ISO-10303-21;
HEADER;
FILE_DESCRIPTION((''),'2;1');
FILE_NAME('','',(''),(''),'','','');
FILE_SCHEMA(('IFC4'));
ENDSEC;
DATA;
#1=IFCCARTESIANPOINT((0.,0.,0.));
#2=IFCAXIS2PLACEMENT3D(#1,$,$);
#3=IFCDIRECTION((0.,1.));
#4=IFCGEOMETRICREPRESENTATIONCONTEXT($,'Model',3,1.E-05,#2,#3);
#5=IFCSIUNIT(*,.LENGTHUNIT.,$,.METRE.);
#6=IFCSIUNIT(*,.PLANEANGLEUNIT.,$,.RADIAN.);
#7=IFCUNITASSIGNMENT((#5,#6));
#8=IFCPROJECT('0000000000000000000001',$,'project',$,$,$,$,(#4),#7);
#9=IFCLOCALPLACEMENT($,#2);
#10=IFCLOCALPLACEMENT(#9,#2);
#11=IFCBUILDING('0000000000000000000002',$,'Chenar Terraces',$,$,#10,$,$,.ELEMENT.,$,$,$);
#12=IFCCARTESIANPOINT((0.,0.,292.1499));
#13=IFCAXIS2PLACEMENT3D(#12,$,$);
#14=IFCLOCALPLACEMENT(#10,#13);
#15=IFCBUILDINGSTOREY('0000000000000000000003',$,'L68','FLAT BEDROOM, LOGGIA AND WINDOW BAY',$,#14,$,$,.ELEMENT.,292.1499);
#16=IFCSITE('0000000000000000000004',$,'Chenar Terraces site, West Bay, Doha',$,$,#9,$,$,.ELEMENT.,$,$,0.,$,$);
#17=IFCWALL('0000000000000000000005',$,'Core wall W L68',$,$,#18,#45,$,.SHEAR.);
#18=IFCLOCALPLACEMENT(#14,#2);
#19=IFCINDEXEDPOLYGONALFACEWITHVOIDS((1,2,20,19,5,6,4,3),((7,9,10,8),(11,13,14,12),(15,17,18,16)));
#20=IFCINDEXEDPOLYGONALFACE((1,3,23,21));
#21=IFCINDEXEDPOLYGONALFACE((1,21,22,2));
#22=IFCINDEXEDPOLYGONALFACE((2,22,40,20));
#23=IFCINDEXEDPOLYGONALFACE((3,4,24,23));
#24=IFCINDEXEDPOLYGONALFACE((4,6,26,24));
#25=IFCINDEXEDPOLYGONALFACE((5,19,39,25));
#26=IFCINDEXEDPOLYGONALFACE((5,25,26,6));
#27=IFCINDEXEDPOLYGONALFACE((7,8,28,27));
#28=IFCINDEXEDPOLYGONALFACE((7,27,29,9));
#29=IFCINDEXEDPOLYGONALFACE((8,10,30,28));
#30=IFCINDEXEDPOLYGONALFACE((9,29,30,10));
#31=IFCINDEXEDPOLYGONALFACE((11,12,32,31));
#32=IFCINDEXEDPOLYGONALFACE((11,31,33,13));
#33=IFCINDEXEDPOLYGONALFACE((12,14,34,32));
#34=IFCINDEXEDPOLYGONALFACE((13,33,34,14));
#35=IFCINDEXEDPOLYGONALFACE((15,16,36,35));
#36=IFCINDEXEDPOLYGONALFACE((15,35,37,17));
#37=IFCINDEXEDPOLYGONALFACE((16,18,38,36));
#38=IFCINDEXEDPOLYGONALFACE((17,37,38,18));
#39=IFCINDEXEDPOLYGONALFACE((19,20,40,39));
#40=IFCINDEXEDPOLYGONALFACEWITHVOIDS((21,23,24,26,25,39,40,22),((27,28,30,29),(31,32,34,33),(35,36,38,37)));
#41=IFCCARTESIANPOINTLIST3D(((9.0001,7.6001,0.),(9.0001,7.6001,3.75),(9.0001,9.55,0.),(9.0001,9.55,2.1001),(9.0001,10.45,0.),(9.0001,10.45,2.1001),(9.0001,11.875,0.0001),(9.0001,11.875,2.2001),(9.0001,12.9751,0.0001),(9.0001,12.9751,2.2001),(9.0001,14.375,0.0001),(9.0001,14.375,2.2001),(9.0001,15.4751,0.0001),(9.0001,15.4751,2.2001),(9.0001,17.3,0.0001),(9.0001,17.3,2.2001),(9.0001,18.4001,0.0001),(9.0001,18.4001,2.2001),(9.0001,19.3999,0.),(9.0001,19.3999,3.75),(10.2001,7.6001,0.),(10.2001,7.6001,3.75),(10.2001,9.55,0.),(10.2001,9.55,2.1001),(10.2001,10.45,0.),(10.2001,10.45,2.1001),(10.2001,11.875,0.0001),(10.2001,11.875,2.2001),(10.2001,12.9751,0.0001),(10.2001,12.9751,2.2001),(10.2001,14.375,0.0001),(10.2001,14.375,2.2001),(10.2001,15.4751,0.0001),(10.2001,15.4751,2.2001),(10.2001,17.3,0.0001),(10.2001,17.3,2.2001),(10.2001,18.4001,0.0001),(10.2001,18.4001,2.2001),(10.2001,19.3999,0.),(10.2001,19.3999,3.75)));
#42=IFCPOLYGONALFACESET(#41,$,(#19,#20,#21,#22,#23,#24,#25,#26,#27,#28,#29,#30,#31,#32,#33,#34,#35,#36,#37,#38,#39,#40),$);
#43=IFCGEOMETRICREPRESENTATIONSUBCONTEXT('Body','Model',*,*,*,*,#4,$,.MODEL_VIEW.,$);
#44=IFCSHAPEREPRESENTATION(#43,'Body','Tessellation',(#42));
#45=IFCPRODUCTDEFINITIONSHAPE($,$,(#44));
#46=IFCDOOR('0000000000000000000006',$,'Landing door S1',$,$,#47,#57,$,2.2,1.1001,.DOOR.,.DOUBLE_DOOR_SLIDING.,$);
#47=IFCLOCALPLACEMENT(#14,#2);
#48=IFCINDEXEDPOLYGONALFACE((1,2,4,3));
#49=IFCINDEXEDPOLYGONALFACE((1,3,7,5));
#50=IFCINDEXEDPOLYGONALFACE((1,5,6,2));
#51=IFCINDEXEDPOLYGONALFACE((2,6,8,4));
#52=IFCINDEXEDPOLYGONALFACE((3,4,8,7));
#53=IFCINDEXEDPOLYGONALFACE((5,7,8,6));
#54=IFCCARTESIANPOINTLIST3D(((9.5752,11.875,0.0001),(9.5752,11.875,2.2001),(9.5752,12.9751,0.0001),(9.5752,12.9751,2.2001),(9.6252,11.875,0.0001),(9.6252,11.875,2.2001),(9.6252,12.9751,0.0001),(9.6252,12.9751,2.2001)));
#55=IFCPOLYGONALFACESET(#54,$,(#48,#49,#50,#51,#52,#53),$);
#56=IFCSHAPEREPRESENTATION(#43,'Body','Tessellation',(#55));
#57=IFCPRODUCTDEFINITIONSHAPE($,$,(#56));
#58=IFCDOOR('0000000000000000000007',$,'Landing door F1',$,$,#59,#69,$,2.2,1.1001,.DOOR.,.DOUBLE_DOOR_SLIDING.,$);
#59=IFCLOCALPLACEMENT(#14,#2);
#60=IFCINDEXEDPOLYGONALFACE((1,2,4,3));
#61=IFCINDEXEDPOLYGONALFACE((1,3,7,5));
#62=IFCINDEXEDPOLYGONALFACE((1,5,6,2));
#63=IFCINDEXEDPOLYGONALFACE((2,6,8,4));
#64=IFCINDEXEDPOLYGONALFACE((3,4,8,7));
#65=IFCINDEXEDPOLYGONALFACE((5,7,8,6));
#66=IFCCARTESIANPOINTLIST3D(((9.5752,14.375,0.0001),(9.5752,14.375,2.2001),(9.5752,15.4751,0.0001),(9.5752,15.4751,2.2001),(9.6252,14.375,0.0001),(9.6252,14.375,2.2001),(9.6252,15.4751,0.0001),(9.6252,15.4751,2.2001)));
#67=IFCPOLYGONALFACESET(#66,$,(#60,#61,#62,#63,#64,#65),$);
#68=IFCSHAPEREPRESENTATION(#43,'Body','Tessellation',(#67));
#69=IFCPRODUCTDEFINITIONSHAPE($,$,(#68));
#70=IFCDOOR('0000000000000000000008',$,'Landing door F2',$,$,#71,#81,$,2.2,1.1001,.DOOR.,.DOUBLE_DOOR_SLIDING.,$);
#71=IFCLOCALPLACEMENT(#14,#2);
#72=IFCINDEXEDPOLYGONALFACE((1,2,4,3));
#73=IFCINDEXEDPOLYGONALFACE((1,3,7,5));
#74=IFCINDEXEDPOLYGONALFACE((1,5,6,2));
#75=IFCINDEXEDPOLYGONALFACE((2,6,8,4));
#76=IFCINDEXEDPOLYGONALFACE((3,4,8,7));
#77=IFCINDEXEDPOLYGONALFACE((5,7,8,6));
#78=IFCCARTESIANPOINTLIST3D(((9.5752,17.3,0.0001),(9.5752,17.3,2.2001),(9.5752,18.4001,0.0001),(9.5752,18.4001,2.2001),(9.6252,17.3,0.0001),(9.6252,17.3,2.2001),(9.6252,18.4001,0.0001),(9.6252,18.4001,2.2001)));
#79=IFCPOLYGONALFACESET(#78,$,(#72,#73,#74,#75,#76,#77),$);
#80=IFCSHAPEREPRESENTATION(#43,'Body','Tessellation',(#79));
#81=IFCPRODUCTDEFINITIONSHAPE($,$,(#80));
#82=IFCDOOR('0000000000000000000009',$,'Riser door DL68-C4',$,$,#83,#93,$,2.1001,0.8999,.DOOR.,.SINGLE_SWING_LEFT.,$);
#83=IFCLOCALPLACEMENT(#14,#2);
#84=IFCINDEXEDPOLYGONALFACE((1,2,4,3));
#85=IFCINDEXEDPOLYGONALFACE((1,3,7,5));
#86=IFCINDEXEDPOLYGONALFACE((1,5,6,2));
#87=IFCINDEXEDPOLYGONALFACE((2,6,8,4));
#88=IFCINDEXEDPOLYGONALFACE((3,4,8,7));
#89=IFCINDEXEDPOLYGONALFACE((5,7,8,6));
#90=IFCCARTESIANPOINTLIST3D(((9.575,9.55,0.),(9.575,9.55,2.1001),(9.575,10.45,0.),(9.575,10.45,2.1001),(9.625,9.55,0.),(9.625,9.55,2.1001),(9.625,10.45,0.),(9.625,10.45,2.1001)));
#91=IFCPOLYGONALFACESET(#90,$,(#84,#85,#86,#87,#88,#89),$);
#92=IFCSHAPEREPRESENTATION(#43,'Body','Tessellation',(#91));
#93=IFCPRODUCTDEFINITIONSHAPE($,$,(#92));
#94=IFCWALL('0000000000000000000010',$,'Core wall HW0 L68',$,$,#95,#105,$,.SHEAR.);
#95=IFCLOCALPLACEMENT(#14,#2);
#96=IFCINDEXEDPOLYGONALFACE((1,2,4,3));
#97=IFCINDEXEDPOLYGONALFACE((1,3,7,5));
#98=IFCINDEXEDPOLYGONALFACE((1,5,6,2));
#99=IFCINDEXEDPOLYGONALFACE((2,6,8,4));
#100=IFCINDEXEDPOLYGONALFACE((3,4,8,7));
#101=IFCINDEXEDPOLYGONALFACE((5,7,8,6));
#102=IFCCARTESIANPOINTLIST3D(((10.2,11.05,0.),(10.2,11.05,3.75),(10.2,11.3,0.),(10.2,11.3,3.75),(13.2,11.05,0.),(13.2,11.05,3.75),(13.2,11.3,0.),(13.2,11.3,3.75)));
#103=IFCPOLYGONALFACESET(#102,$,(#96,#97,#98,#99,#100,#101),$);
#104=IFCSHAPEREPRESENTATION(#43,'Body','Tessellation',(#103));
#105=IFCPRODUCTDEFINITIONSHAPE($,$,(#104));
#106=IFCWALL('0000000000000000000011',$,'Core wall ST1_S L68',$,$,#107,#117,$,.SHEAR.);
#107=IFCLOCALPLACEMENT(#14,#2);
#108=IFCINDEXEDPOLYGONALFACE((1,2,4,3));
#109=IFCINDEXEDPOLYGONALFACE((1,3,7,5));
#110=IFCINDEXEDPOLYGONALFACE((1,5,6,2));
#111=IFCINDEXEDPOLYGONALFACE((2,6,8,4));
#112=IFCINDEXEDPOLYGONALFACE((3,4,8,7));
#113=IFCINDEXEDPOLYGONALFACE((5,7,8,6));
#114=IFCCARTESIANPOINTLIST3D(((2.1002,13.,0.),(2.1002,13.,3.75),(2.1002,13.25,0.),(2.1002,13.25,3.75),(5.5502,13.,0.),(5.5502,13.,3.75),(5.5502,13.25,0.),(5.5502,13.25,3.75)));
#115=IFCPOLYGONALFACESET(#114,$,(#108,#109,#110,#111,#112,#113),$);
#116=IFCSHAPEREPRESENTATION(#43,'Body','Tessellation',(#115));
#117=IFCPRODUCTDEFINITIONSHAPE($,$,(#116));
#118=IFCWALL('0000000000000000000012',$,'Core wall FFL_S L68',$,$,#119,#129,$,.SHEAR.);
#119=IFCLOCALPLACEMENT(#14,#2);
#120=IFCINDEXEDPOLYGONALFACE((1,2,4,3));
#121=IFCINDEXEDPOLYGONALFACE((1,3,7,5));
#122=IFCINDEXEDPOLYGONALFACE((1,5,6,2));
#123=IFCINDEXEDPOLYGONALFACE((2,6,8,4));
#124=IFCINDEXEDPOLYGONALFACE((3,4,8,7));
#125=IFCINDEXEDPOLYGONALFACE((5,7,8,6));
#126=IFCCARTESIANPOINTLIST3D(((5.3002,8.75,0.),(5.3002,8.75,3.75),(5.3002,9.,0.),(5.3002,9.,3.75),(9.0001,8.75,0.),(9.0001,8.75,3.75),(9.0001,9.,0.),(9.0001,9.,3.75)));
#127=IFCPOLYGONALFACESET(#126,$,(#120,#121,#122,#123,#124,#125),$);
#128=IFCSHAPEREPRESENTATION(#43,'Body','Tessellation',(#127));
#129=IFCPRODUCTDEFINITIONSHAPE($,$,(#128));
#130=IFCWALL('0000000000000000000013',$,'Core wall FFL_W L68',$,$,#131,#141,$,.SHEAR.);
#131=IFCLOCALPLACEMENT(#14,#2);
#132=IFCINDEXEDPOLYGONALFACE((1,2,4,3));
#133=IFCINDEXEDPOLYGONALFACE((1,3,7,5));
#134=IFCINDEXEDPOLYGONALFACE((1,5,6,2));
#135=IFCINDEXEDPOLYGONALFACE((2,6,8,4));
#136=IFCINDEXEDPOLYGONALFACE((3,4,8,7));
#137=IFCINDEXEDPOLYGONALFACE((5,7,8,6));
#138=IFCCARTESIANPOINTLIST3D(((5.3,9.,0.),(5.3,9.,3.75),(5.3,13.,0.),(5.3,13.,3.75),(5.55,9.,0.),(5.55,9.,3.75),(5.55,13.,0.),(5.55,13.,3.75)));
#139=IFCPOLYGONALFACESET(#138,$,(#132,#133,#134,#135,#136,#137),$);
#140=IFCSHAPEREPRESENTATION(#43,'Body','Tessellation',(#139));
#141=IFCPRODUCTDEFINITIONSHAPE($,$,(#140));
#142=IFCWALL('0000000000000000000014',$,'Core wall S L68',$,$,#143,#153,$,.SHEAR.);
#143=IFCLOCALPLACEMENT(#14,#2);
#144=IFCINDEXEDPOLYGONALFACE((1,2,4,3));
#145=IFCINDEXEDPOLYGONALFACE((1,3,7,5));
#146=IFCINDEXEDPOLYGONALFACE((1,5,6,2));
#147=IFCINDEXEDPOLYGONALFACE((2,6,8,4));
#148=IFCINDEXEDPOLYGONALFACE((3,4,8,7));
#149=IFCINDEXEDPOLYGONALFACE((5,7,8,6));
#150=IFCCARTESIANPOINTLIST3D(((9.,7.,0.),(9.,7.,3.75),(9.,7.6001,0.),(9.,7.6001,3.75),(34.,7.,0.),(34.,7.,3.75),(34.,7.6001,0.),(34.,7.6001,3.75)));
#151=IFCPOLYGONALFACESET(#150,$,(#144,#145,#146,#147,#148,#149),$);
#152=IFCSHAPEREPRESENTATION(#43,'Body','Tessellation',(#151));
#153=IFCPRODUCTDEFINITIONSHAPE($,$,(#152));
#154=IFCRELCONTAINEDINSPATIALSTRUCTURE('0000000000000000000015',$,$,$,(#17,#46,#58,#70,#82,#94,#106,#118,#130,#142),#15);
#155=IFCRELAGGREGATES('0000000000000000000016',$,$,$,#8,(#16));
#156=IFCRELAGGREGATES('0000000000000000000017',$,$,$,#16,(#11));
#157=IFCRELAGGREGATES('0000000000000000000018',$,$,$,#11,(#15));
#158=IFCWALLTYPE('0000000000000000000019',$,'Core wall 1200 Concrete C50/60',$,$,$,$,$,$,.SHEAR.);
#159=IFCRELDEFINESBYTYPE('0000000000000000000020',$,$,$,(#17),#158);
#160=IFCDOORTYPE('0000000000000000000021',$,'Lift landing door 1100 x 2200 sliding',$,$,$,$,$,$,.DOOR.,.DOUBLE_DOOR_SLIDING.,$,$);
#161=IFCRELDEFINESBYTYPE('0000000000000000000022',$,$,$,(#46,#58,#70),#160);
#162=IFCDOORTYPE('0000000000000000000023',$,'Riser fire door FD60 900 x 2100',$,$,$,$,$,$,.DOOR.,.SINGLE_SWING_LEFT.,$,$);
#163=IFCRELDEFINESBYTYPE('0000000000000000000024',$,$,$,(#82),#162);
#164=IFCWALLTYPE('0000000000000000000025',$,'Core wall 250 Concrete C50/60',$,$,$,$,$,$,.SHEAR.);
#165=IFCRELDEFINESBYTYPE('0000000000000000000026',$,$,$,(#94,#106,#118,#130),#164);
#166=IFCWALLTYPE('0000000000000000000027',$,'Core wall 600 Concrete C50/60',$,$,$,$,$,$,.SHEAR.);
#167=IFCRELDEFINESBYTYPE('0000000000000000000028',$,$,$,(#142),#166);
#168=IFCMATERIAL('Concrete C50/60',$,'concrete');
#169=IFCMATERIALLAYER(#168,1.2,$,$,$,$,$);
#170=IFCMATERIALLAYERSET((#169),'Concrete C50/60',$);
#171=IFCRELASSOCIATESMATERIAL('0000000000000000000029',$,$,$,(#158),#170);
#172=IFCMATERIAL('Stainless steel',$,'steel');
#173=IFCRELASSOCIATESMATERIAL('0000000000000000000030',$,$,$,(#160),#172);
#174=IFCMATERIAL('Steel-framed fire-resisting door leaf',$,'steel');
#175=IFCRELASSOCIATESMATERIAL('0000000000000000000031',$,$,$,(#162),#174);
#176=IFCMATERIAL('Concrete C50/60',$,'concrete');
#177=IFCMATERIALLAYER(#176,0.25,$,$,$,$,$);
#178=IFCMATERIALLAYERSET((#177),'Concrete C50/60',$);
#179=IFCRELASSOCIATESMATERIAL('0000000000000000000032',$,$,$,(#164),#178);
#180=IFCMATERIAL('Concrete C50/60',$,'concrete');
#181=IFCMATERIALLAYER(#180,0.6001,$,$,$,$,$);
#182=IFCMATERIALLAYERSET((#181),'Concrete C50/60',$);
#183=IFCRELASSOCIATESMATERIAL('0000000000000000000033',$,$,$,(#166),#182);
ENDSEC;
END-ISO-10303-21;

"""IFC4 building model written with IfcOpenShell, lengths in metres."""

from ifc_helpers import new_model, si_unit, direction, frame, frame_2d, origin, place, context, subcontext, project, spatial, rectangle, extrude, material, layer, layer_set, type_object, element, fill, save


model = new_model("IFC4")

# Units and contexts
model_context = context("Model", 3, precision=1e-05, world=origin(), true_north=direction((0.0, 1.0)))
body_context = subcontext(model_context, "Body", "Model", "MODEL_VIEW")
ifc_project = project(units=[si_unit("LENGTHUNIT", "METRE"), si_unit("PLANEANGLEUNIT", "RADIAN")], contexts=[model_context])

# Site, building, storey
site_placement = place(None, origin())
site = spatial("IfcSite", under=ifc_project, at=site_placement, Name="Chenar Terraces site, West Bay, Doha", CompositionType="ELEMENT", RefElevation=0.0)
building_placement = place(site_placement, origin())
building = spatial("IfcBuilding", under=site, at=building_placement, Name="Chenar Terraces", CompositionType="ELEMENT")
storey_placement = place(building_placement, frame((0.0, 0.0, 292.1499)))
storey = spatial("IfcBuildingStorey", under=building, at=storey_placement, Name="L68", Description="FLAT BEDROOM, LOGGIA AND WINDOW BAY", CompositionType="ELEMENT", Elevation=292.1499)

# Wall, openings, doors
ifc_material_1 = material(Name="Concrete C50/60", Category="concrete")
ifc_layer_1 = layer(ifc_material_1, 1.2)
ifc_layer_set_1 = layer_set([ifc_layer_1], Name="Concrete C50/60")
wall_type_1 = type_object("IfcWallType", Name="Core wall 1200 Concrete C50/60", PredefinedType="SHEAR", material=ifc_layer_set_1)
wall_1_placement = place(storey_placement, frame((9.6001, 7.6001, 0.0), z_axis=(0.0, 0.0, 1.0), x_axis=(0.0, 1.0, 0.0)))
wall_1 = element("IfcWall", 1, at=wall_1_placement, inside=storey, type_object=wall_type_1, Name="Core wall W L68", PredefinedType="SHEAR", context=body_context, shape_type="SweptSolid", body=[
    extrude(rectangle(XDim=11.7998, YDim=1.2, at=frame_2d((5.8999, 0.0))), origin(), (0.0, 0.0, 1.0), 3.75),
])
opening_1_placement = place(wall_1_placement, frame((4.2749, 0.0, 0.0)))
opening_1 = element("IfcOpeningElement", 2, at=opening_1_placement, cuts=wall_1, PredefinedType="OPENING", context=body_context, shape_type="SweptSolid", body=[
    extrude(rectangle(XDim=1.1001, YDim=2.2, at=frame_2d((0.55, 1.1001))), frame((0.0, 0.6099, 0.0), z_axis=(0.0, -1.0, 0.0), x_axis=(1.0, 0.0, 0.0)), (0.0, 0.0, 1.0), 1.22),
])
opening_2_placement = place(wall_1_placement, frame((6.7749, 0.0, 0.0)))
opening_2 = element("IfcOpeningElement", 3, at=opening_2_placement, cuts=wall_1, PredefinedType="OPENING", context=body_context, shape_type="SweptSolid", body=[
    extrude(rectangle(XDim=1.1001, YDim=2.2, at=frame_2d((0.55, 1.1001))), frame((0.0, 0.6099, 0.0), z_axis=(0.0, -1.0, 0.0), x_axis=(1.0, 0.0, 0.0)), (0.0, 0.0, 1.0), 1.22),
])
opening_3_placement = place(wall_1_placement, frame((9.7, 0.0, 0.0)))
opening_3 = element("IfcOpeningElement", 4, at=opening_3_placement, cuts=wall_1, PredefinedType="OPENING", context=body_context, shape_type="SweptSolid", body=[
    extrude(rectangle(XDim=1.1001, YDim=2.2, at=frame_2d((0.55, 1.1001))), frame((0.0, 0.6099, 0.0), z_axis=(0.0, -1.0, 0.0), x_axis=(1.0, 0.0, 0.0)), (0.0, 0.0, 1.0), 1.22),
])
opening_4_placement = place(wall_1_placement, frame((1.95, 0.0, 0.0)))
opening_4 = element("IfcOpeningElement", 5, at=opening_4_placement, cuts=wall_1, PredefinedType="OPENING", context=body_context, shape_type="SweptSolid", body=[
    extrude(rectangle(XDim=0.8999, YDim=2.1001, at=frame_2d((0.45, 1.05))), frame((0.0, 0.6099, 0.0), z_axis=(0.0, -1.0, 0.0), x_axis=(1.0, 0.0, 0.0)), (0.0, 0.0, 1.0), 1.22),
])
ifc_material_2 = material(Name="Stainless steel", Category="steel")
door_type_1 = type_object("IfcDoorType", Name="Lift landing door 1100 x 2200 sliding", OperationType="DOUBLE_DOOR_SLIDING", PredefinedType="DOOR", material=ifc_material_2)
door_1_placement = place(opening_1_placement, origin())
door_1 = element("IfcDoor", 6, at=door_1_placement, inside=storey, type_object=door_type_1, Name="Landing door S1", OperationType="DOUBLE_DOOR_SLIDING", OverallHeight=2.2, OverallWidth=1.1001, PredefinedType="DOOR", context=body_context, shape_type="SweptSolid", body=[
    extrude(rectangle(XDim=1.1001, YDim=2.2, at=frame_2d((0.55, 1.1001))), frame((0.0, 0.0249, 0.0), z_axis=(0.0, -1.0, 0.0), x_axis=(1.0, 0.0, 0.0)), (0.0, 0.0, 1.0), 0.05),
])
fill(opening_1, door_1)
door_2_placement = place(opening_2_placement, origin())
door_2 = element("IfcDoor", 7, at=door_2_placement, inside=storey, type_object=door_type_1, Name="Landing door F1", OperationType="DOUBLE_DOOR_SLIDING", OverallHeight=2.2, OverallWidth=1.1001, PredefinedType="DOOR", context=body_context, shape_type="SweptSolid", body=[
    extrude(rectangle(XDim=1.1001, YDim=2.2, at=frame_2d((0.55, 1.1001))), frame((0.0, 0.0249, 0.0), z_axis=(0.0, -1.0, 0.0), x_axis=(1.0, 0.0, 0.0)), (0.0, 0.0, 1.0), 0.05),
])
fill(opening_2, door_2)
door_3_placement = place(opening_3_placement, origin())
door_3 = element("IfcDoor", 8, at=door_3_placement, inside=storey, type_object=door_type_1, Name="Landing door F2", OperationType="DOUBLE_DOOR_SLIDING", OverallHeight=2.2, OverallWidth=1.1001, PredefinedType="DOOR", context=body_context, shape_type="SweptSolid", body=[
    extrude(rectangle(XDim=1.1001, YDim=2.2, at=frame_2d((0.55, 1.1001))), frame((0.0, 0.0249, 0.0), z_axis=(0.0, -1.0, 0.0), x_axis=(1.0, 0.0, 0.0)), (0.0, 0.0, 1.0), 0.05),
])
fill(opening_3, door_3)
ifc_material_3 = material(Name="Steel-framed fire-resisting door leaf", Category="steel")
door_type_2 = type_object("IfcDoorType", Name="Riser fire door FD60 900 x 2100", OperationType="SINGLE_SWING_LEFT", PredefinedType="DOOR", material=ifc_material_3)
door_4_placement = place(opening_4_placement, frame((0.8999, 0.0, 0.0), z_axis=(0.0, 0.0, 1.0), x_axis=(-1.0, 0.0, 0.0)))
door_4 = element("IfcDoor", 9, at=door_4_placement, inside=storey, type_object=door_type_2, Name="Riser door DL68-C4", OperationType="SINGLE_SWING_LEFT", OverallHeight=2.1001, OverallWidth=0.8999, PredefinedType="DOOR", context=body_context, shape_type="SweptSolid", body=[
    extrude(rectangle(XDim=0.8999, YDim=2.1001, at=frame_2d((0.45, 1.05))), frame((0.0, 0.0249, 0.0), z_axis=(0.0, -1.0, 0.0), x_axis=(1.0, 0.0, 0.0)), (0.0, 0.0, 1.0), 0.05),
])
fill(opening_4, door_4)

# Walls
ifc_material_4 = material(Name="Concrete C50/60", Category="concrete")
ifc_layer_2 = layer(ifc_material_4, 0.25)
ifc_layer_set_2 = layer_set([ifc_layer_2], Name="Concrete C50/60")
wall_type_2 = type_object("IfcWallType", Name="Core wall 250 Concrete C50/60", PredefinedType="SHEAR", material=ifc_layer_set_2)
wall_2_placement = place(storey_placement, frame((10.2, 11.175, 0.0), z_axis=(0.0, 0.0, 1.0), x_axis=(1.0, 0.0, 0.0)))
element("IfcWall", 10, at=wall_2_placement, inside=storey, type_object=wall_type_2, Name="Core wall HW0 L68", PredefinedType="SHEAR", context=body_context, shape_type="SweptSolid", body=[
    extrude(rectangle(XDim=3.0, YDim=0.25, at=frame_2d((1.5, 0.0))), origin(), (0.0, 0.0, 1.0), 3.75),
])
wall_3_placement = place(storey_placement, frame((2.1001, 13.125, 0.0), z_axis=(0.0, 0.0, 1.0), x_axis=(1.0, 0.0, 0.0)))
element("IfcWall", 11, at=wall_3_placement, inside=storey, type_object=wall_type_2, Name="Core wall ST1_S L68", PredefinedType="SHEAR", context=body_context, shape_type="SweptSolid", body=[
    extrude(rectangle(XDim=3.45, YDim=0.25, at=frame_2d((1.7251, 0.0))), origin(), (0.0, 0.0, 1.0), 3.75),
])
wall_4_placement = place(storey_placement, frame((5.3, 8.875, 0.0), z_axis=(0.0, 0.0, 1.0), x_axis=(1.0, 0.0, 0.0)))
element("IfcWall", 12, at=wall_4_placement, inside=storey, type_object=wall_type_2, Name="Core wall FFL_S L68", PredefinedType="SHEAR", context=body_context, shape_type="SweptSolid", body=[
    extrude(rectangle(XDim=3.7, YDim=0.25, at=frame_2d((1.8501, 0.0))), origin(), (0.0, 0.0, 1.0), 3.75),
])
wall_5_placement = place(storey_placement, frame((5.425, 9.0, 0.0), z_axis=(0.0, 0.0, 1.0), x_axis=(0.0, 1.0, 0.0)))
element("IfcWall", 13, at=wall_5_placement, inside=storey, type_object=wall_type_2, Name="Core wall FFL_W L68", PredefinedType="SHEAR", context=body_context, shape_type="SweptSolid", body=[
    extrude(rectangle(XDim=4.0, YDim=0.25, at=frame_2d((2.0, 0.0))), origin(), (0.0, 0.0, 1.0), 3.75),
])
ifc_material_5 = material(Name="Concrete C50/60", Category="concrete")
ifc_layer_3 = layer(ifc_material_5, 0.6001)
ifc_layer_set_3 = layer_set([ifc_layer_3], Name="Concrete C50/60")
wall_type_3 = type_object("IfcWallType", Name="Core wall 600 Concrete C50/60", PredefinedType="SHEAR", material=ifc_layer_set_3)
wall_6_placement = place(storey_placement, frame((9.0, 7.3, 0.0), z_axis=(0.0, 0.0, 1.0), x_axis=(1.0, 0.0, 0.0)))
element("IfcWall", 14, at=wall_6_placement, inside=storey, type_object=wall_type_3, Name="Core wall S L68", PredefinedType="SHEAR", context=body_context, shape_type="SweptSolid", body=[
    extrude(rectangle(XDim=25.0, YDim=0.6001, at=frame_2d((12.5, 0.0))), origin(), (0.0, 0.0, 1.0), 3.75),
])

save(model, "model.ifc")
